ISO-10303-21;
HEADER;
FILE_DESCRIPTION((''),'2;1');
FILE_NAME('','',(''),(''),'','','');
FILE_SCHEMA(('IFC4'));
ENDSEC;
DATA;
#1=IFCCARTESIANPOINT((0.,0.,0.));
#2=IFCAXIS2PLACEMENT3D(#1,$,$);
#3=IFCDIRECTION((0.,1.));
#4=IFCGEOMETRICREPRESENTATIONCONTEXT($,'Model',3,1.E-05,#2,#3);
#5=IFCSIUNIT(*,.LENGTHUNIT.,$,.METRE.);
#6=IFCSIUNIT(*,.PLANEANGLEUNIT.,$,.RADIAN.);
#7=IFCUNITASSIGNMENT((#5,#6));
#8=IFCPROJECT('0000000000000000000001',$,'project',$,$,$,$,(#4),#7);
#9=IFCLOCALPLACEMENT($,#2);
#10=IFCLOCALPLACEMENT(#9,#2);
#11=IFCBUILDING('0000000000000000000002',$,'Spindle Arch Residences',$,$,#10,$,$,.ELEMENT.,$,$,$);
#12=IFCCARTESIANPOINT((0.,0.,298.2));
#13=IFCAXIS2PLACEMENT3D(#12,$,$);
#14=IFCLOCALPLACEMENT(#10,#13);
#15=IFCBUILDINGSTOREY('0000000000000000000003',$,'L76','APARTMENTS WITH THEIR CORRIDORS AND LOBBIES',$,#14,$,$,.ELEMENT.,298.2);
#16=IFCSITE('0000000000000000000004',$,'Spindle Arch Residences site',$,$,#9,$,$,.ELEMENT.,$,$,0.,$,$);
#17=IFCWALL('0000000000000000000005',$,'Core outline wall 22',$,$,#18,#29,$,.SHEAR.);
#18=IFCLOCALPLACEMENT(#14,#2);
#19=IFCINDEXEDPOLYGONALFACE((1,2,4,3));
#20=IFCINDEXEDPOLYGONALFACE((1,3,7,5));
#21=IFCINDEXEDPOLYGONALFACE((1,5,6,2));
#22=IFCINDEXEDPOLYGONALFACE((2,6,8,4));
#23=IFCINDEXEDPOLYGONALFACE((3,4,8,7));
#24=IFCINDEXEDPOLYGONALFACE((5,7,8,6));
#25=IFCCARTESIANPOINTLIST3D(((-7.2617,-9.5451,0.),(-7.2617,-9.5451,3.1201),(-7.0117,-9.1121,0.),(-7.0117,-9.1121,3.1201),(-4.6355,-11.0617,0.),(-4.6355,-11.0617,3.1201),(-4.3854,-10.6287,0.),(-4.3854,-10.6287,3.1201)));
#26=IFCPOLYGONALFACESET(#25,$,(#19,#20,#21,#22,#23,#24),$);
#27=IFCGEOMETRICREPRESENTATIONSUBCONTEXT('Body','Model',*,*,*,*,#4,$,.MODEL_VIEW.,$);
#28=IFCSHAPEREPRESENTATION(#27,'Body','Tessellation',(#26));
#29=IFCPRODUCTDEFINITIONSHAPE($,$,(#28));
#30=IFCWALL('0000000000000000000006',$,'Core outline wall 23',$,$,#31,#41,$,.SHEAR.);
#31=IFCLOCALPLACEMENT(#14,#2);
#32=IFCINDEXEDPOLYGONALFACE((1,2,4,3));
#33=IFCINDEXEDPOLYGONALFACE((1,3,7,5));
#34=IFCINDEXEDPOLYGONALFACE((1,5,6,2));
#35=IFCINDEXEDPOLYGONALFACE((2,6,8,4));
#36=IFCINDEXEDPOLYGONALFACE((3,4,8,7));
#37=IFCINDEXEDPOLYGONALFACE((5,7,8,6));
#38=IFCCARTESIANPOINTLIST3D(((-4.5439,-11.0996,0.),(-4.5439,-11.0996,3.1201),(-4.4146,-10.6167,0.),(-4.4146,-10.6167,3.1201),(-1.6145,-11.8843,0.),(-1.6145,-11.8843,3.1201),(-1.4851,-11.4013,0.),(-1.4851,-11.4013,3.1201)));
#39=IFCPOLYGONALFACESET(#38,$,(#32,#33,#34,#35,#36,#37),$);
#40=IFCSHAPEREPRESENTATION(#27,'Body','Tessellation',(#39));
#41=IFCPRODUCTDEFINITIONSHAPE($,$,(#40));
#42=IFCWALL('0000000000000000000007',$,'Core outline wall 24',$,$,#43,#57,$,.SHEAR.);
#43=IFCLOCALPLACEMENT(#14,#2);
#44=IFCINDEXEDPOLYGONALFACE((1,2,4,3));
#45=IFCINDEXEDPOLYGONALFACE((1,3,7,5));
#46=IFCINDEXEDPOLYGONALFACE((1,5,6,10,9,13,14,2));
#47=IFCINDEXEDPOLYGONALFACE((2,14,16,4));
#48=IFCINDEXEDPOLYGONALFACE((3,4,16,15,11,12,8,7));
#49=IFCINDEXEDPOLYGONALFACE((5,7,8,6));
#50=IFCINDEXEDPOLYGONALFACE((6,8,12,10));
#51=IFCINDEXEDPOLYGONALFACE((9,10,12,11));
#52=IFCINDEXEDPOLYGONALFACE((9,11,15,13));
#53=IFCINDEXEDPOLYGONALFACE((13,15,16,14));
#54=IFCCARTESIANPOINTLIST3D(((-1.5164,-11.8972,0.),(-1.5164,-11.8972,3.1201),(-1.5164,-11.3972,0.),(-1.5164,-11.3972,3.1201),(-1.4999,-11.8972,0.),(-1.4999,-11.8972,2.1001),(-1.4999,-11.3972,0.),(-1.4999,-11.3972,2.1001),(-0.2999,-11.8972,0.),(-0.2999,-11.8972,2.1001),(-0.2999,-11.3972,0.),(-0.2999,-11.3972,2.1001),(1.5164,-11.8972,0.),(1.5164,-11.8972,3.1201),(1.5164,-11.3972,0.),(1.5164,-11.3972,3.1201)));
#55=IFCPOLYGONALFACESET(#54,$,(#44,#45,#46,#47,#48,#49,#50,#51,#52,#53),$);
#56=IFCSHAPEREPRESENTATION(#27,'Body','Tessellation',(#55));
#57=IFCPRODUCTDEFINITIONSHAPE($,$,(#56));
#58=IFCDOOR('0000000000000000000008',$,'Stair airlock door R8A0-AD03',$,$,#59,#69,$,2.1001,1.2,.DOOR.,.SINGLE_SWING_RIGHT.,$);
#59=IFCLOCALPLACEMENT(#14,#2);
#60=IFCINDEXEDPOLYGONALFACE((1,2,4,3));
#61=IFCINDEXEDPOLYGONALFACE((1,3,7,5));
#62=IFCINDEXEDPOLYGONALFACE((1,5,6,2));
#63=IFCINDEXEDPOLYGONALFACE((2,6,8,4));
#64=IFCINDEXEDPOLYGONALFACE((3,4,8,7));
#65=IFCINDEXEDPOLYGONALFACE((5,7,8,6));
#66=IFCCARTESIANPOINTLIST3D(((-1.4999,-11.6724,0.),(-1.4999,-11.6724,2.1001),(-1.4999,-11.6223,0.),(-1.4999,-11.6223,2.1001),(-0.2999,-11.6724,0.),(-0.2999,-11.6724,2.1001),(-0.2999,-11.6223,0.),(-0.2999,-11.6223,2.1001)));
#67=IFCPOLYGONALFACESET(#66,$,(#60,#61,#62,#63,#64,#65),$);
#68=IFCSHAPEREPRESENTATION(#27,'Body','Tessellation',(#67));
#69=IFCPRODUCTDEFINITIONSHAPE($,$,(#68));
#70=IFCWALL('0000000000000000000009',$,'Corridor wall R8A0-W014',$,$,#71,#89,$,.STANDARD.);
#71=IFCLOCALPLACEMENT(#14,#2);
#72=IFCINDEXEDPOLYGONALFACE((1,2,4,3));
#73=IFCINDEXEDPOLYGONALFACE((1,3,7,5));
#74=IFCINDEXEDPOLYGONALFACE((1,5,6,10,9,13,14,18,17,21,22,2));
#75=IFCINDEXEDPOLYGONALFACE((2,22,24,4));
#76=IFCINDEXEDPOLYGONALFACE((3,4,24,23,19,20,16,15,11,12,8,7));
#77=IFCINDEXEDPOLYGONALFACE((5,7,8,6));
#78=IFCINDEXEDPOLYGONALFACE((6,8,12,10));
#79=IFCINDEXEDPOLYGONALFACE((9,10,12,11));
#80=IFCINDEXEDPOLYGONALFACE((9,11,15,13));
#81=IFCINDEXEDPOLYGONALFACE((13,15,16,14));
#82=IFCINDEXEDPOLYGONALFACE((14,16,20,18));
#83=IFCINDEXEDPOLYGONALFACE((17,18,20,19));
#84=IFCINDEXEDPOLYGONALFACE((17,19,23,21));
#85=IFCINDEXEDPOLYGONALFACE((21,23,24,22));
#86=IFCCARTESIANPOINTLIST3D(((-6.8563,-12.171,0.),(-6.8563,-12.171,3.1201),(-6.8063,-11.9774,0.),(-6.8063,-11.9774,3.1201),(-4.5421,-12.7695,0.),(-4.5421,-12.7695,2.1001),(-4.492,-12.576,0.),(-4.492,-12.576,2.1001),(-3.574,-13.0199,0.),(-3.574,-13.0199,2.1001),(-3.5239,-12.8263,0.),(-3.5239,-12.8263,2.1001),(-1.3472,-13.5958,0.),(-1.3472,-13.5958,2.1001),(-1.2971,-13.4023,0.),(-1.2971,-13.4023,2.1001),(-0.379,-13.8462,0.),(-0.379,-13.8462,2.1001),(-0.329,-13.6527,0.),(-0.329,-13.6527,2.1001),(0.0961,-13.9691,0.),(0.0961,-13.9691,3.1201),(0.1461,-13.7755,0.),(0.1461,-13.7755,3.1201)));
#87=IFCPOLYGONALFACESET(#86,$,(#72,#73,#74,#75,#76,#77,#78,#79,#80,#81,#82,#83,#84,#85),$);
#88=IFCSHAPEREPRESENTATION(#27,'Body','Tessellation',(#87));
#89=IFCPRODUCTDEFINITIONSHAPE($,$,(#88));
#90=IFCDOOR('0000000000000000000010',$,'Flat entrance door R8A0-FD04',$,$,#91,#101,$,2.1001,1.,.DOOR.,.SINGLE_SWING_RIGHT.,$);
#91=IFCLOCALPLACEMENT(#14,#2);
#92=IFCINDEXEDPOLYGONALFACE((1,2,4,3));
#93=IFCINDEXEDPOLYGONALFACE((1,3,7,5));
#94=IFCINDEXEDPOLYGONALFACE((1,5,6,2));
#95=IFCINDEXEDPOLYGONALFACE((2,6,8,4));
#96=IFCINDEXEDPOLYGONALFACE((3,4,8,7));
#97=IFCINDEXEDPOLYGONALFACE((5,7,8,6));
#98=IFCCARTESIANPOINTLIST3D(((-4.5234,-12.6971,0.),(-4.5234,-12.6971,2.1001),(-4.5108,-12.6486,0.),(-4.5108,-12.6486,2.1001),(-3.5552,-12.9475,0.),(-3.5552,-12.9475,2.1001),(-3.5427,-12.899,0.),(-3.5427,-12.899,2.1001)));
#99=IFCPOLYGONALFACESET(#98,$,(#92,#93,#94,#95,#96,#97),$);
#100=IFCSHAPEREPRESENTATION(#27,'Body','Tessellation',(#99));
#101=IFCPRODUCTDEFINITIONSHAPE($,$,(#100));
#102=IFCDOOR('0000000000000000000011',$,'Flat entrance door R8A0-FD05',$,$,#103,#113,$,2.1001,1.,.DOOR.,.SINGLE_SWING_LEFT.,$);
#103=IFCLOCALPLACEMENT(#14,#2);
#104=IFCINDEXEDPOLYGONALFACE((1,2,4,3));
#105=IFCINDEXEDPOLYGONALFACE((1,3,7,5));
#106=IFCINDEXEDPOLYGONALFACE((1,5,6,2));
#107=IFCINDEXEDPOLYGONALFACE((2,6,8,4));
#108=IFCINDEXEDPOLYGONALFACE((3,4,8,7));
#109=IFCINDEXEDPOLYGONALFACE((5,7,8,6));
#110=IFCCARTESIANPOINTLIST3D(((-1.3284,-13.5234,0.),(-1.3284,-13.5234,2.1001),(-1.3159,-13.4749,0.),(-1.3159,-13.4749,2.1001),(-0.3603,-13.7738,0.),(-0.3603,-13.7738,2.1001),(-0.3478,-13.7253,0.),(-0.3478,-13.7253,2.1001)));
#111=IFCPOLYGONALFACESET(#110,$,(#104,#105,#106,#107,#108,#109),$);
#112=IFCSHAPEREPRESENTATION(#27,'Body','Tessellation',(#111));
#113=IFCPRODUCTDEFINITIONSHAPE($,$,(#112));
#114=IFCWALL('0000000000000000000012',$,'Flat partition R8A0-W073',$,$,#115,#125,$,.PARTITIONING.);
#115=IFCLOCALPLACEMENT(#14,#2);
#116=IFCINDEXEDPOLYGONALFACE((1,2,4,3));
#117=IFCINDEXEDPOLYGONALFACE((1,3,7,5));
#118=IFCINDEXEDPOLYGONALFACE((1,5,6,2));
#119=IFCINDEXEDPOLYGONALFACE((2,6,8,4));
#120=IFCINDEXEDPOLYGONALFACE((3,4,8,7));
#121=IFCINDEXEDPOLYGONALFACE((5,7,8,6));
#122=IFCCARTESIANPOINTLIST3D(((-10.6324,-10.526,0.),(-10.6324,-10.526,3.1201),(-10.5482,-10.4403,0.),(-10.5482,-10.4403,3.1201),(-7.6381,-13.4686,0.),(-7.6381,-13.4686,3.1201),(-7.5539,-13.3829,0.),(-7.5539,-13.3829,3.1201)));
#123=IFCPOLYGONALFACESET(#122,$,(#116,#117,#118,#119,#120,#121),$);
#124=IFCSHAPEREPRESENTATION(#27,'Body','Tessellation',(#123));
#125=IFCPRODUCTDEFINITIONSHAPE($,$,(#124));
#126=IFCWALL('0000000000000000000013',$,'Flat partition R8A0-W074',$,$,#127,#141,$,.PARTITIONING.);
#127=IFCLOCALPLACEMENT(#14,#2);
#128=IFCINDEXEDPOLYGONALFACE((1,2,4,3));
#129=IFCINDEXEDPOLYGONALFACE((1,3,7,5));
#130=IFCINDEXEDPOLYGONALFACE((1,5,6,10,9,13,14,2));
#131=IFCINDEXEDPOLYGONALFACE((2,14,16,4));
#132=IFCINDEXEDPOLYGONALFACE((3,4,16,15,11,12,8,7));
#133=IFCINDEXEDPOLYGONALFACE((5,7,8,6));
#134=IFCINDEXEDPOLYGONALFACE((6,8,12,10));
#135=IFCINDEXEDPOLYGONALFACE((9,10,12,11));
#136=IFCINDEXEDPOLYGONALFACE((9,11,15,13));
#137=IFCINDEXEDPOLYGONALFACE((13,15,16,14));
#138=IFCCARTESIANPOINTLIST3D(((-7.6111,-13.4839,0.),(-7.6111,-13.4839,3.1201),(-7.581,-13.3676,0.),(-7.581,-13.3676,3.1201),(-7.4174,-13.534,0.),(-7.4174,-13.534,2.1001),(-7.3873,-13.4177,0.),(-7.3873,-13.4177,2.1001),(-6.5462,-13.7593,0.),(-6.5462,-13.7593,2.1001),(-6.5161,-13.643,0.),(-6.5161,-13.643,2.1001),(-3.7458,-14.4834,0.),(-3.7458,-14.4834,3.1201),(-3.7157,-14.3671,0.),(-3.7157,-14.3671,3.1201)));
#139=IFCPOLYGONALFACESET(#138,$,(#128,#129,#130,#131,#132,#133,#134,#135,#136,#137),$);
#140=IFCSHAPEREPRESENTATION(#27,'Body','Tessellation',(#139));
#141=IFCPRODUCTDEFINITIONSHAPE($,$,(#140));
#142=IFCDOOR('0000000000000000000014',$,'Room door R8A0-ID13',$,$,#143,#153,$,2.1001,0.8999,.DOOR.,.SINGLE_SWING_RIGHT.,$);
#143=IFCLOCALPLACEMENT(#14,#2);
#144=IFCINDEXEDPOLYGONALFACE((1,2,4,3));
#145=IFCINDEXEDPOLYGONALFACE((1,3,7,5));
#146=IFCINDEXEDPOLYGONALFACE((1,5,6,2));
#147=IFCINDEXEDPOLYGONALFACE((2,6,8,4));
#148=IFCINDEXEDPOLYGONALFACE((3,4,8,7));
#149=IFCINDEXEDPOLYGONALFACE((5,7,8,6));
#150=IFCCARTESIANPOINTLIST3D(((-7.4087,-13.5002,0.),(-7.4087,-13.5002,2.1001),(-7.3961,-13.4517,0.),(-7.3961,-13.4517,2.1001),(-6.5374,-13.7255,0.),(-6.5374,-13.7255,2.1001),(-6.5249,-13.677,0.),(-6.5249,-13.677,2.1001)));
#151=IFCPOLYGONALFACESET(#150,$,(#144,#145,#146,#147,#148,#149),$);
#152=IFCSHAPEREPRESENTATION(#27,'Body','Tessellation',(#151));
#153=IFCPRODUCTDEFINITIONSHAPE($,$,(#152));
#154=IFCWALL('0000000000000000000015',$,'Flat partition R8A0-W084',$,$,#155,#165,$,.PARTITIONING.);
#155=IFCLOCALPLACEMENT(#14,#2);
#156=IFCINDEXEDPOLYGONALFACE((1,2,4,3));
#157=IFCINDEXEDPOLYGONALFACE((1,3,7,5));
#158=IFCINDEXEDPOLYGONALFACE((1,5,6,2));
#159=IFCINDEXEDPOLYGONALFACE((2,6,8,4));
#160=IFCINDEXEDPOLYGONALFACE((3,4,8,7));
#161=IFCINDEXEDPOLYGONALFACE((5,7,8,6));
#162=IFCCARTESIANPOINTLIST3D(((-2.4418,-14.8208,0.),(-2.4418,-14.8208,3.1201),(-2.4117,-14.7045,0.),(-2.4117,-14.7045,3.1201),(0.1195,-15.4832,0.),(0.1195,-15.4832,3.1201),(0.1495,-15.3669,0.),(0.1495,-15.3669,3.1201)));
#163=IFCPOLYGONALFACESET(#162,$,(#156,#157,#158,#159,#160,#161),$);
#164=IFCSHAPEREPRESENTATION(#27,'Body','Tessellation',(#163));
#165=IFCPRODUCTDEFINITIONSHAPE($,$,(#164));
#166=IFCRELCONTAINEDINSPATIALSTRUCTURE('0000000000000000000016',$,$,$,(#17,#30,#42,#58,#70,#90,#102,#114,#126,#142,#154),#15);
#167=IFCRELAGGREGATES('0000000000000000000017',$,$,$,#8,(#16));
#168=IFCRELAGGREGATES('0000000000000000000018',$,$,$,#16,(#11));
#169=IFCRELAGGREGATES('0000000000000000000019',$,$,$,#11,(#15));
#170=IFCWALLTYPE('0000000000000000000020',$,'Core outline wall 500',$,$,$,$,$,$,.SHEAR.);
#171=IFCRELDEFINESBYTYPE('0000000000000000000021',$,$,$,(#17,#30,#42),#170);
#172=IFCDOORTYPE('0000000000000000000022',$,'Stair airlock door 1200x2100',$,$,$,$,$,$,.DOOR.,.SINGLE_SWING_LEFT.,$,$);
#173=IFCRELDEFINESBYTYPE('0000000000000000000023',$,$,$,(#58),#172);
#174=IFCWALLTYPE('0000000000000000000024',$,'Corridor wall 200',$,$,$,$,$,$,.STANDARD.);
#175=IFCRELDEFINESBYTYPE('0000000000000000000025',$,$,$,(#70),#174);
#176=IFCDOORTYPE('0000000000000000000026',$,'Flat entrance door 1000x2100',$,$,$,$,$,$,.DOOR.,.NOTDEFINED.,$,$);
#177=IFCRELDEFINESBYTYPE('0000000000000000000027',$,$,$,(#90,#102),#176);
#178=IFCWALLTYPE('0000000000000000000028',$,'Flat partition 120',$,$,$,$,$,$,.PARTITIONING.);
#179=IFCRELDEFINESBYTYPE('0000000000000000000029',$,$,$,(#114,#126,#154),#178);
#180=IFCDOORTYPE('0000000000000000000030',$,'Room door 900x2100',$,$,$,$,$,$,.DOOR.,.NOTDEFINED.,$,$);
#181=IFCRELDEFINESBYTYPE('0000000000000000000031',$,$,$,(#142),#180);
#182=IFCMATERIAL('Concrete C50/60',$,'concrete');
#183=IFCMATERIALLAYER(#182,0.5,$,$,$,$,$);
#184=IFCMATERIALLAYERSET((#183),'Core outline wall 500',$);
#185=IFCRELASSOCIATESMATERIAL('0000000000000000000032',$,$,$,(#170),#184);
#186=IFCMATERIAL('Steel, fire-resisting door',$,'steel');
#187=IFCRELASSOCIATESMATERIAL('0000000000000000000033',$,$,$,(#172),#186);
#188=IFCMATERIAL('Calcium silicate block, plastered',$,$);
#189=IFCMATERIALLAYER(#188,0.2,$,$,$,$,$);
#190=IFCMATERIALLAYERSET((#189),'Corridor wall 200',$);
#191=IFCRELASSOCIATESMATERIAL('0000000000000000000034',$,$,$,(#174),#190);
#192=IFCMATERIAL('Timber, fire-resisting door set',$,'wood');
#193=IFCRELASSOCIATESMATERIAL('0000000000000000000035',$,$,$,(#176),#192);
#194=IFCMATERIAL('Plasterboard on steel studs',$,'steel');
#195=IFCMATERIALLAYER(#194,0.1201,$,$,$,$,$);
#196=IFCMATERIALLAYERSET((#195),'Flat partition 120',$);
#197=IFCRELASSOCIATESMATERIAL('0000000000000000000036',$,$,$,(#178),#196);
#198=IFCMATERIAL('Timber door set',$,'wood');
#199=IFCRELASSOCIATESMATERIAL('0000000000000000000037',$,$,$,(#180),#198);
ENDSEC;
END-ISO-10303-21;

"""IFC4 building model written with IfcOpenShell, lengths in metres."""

from ifc_helpers import new_model, si_unit, direction, frame, frame_2d, origin, place, context, subcontext, project, spatial, rectangle, extrude, material, layer, layer_set, type_object, element, fill, save


model = new_model("IFC4")

# Units and contexts
model_context = context("Model", 3, precision=1e-05, world=origin(), true_north=direction((0.0, 1.0)))
body_context = subcontext(model_context, "Body", "Model", "MODEL_VIEW")
ifc_project = project(units=[si_unit("LENGTHUNIT", "METRE"), si_unit("PLANEANGLEUNIT", "RADIAN")], contexts=[model_context])

# Site, building, storey
site_placement = place(None, origin())
site = spatial("IfcSite", under=ifc_project, at=site_placement, Name="Spindle Arch Residences site", CompositionType="ELEMENT", RefElevation=0.0)
building_placement = place(site_placement, origin())
building = spatial("IfcBuilding", under=site, at=building_placement, Name="Spindle Arch Residences", CompositionType="ELEMENT")
storey_placement = place(building_placement, frame((0.0, 0.0, 298.2)))
storey = spatial("IfcBuildingStorey", under=building, at=storey_placement, Name="L76", Description="APARTMENTS WITH THEIR CORRIDORS AND LOBBIES", CompositionType="ELEMENT", Elevation=298.2)

# Walls
ifc_material_1 = material(Name="Concrete C50/60", Category="concrete")
ifc_layer_1 = layer(ifc_material_1, 0.5)
ifc_layer_set_1 = layer_set([ifc_layer_1], Name="Core outline wall 500")
wall_type_1 = type_object("IfcWallType", Name="Core outline wall 500", PredefinedType="SHEAR", material=ifc_layer_set_1)
for number, where, z_axis, x_axis, name in (
    (1, (-7.1367, -9.3286, 0.0), (0.0, 0.0, 1.0), (0.865975, -0.500087, 0.0), "Core outline wall 22"),
    (2, (-4.4792, -10.8582, 0.0), (0.0, 0.0, 1.0), (0.965948, -0.258735, 0.0), "Core outline wall 23"),
):
    element("IfcWall", number, at=place(storey_placement, frame(where, z_axis=z_axis, x_axis=x_axis)), inside=storey, type_object=wall_type_1, Name=name, PredefinedType="SHEAR", context=body_context, shape_type="SweptSolid", body=[
        extrude(rectangle(XDim=3.0327, YDim=0.5, at=frame_2d((1.5164, 0.0))), origin(), (0.0, 0.0, 1.0), 3.1201),
    ])

# Wall, opening, door
wall_1_placement = place(storey_placement, frame((-1.5164, -11.6472, 0.0), z_axis=(0.0, 0.0, 1.0), x_axis=(1.0, 0.0, 0.0)))
wall_1 = element("IfcWall", 3, at=wall_1_placement, inside=storey, type_object=wall_type_1, Name="Core outline wall 24", PredefinedType="SHEAR", context=body_context, shape_type="SweptSolid", body=[
    extrude(rectangle(XDim=3.0327, YDim=0.5, at=frame_2d((1.5164, 0.0))), origin(), (0.0, 0.0, 1.0), 3.1201),
])
opening_1_placement = place(wall_1_placement, frame((0.0164, 0.0, 0.0)))
opening_1 = element("IfcOpeningElement", 4, at=opening_1_placement, cuts=wall_1, PredefinedType="OPENING", context=body_context, shape_type="SweptSolid", body=[
    extrude(rectangle(XDim=1.2, YDim=2.1001, at=frame_2d((0.6001, 1.05))), frame((0.0, 0.26, 0.0), z_axis=(0.0, -1.0, 0.0), x_axis=(1.0, 0.0, 0.0)), (0.0, 0.0, 1.0), 0.52),
])
ifc_material_2 = material(Name="Steel, fire-resisting door", Category="steel")
door_type_1 = type_object("IfcDoorType", Name="Stair airlock door 1200x2100", OperationType="SINGLE_SWING_LEFT", PredefinedType="DOOR", material=ifc_material_2)
door_1_placement = place(opening_1_placement, origin())
door_1 = element("IfcDoor", 5, at=door_1_placement, inside=storey, type_object=door_type_1, Name="Stair airlock door R8A0-AD03", OperationType="SINGLE_SWING_RIGHT", OverallHeight=2.1001, OverallWidth=1.2, PredefinedType="DOOR", context=body_context, shape_type="SweptSolid", body=[
    extrude(rectangle(XDim=1.2, YDim=2.1001, at=frame_2d((0.6001, 1.05))), frame((0.0, 0.0249, 0.0), z_axis=(0.0, -1.0, 0.0), x_axis=(1.0, 0.0, 0.0)), (0.0, 0.0, 1.0), 0.05),
])
fill(opening_1, door_1)

# Wall, openings, doors
ifc_material_3 = material(Name="Calcium silicate block, plastered")
ifc_layer_2 = layer(ifc_material_3, 0.2)
ifc_layer_set_2 = layer_set([ifc_layer_2], Name="Corridor wall 200")
wall_type_2 = type_object("IfcWallType", Name="Corridor wall 200", PredefinedType="STANDARD", material=ifc_layer_set_2)
wall_2_placement = place(storey_placement, frame((-6.8313, -12.0742, 0.0), z_axis=(0.0, 0.0, 1.0), x_axis=(0.968145, -0.250391, 0.0)))
wall_2 = element("IfcWall", 6, at=wall_2_placement, inside=storey, type_object=wall_type_2, Name="Corridor wall R8A0-W014", PredefinedType="STANDARD", context=body_context, shape_type="SweptSolid", body=[
    extrude(rectangle(XDim=7.1812, YDim=0.2, at=frame_2d((3.5906, 0.0))), origin(), (0.0, 0.0, 1.0), 3.1201),
])
opening_2_placement = place(wall_2_placement, frame((2.3904, 0.0, 0.0)))
opening_2 = element("IfcOpeningElement", 7, at=opening_2_placement, cuts=wall_2, PredefinedType="OPENING", context=body_context, shape_type="SweptSolid", body=[
    extrude(rectangle(XDim=1.0, YDim=2.1001, at=frame_2d((0.5, 1.05))), frame((0.0, 0.1099, 0.0), z_axis=(0.0, -1.0, 0.0), x_axis=(1.0, 0.0, 0.0)), (0.0, 0.0, 1.0), 0.22),
])
opening_3_placement = place(wall_2_placement, frame((5.6904, 0.0, 0.0)))
opening_3 = element("IfcOpeningElement", 8, at=opening_3_placement, cuts=wall_2, PredefinedType="OPENING", context=body_context, shape_type="SweptSolid", body=[
    extrude(rectangle(XDim=1.0, YDim=2.1001, at=frame_2d((0.5, 1.05))), frame((0.0, 0.1099, 0.0), z_axis=(0.0, -1.0, 0.0), x_axis=(1.0, 0.0, 0.0)), (0.0, 0.0, 1.0), 0.22),
])
ifc_material_4 = material(Name="Timber, fire-resisting door set", Category="wood")
door_type_2 = type_object("IfcDoorType", Name="Flat entrance door 1000x2100", OperationType="NOTDEFINED", PredefinedType="DOOR", material=ifc_material_4)
door_2_placement = place(opening_2_placement, origin())
door_2 = element("IfcDoor", 9, at=door_2_placement, inside=storey, type_object=door_type_2, Name="Flat entrance door R8A0-FD04", OperationType="SINGLE_SWING_RIGHT", OverallHeight=2.1001, OverallWidth=1.0, PredefinedType="DOOR", context=body_context, shape_type="SweptSolid", body=[
    extrude(rectangle(XDim=1.0, YDim=2.1001, at=frame_2d((0.5, 1.05))), frame((0.0, 0.0249, 0.0), z_axis=(0.0, -1.0, 0.0), x_axis=(1.0, 0.0, 0.0)), (0.0, 0.0, 1.0), 0.05),
])
fill(opening_2, door_2)
door_3_placement = place(opening_3_placement, origin())
door_3 = element("IfcDoor", 10, at=door_3_placement, inside=storey, type_object=door_type_2, Name="Flat entrance door R8A0-FD05", OperationType="SINGLE_SWING_LEFT", OverallHeight=2.1001, OverallWidth=1.0, PredefinedType="DOOR", context=body_context, shape_type="SweptSolid", body=[
    extrude(rectangle(XDim=1.0, YDim=2.1001, at=frame_2d((0.5, 1.05))), frame((0.0, 0.0249, 0.0), z_axis=(0.0, -1.0, 0.0), x_axis=(1.0, 0.0, 0.0)), (0.0, 0.0, 1.0), 0.05),
])
fill(opening_3, door_3)

# Wall
ifc_material_5 = material(Name="Plasterboard on steel studs", Category="steel")
ifc_layer_3 = layer(ifc_material_5, 0.1201)
ifc_layer_set_3 = layer_set([ifc_layer_3], Name="Flat partition 120")
wall_type_3 = type_object("IfcWallType", Name="Flat partition 120", PredefinedType="PARTITIONING", material=ifc_layer_set_3)
wall_3_placement = place(storey_placement, frame((-10.5903, -10.4832, 0.0), z_axis=(0.0, 0.0, 1.0), x_axis=(0.713244, -0.700916, 0.0)))
element("IfcWall", 11, at=wall_3_placement, inside=storey, type_object=wall_type_3, Name="Flat partition R8A0-W073", PredefinedType="PARTITIONING", context=body_context, shape_type="SweptSolid", body=[
    extrude(rectangle(XDim=4.1982, YDim=0.1201, at=frame_2d((2.0991, 0.0))), origin(), (0.0, 0.0, 1.0), 3.1201),
])

# Wall, opening, door
wall_4_placement = place(storey_placement, frame((-7.5959, -13.4258, 0.0), z_axis=(0.0, 0.0, 1.0), x_axis=(0.968154, -0.250355, 0.0)))
wall_4 = element("IfcWall", 12, at=wall_4_placement, inside=storey, type_object=wall_type_3, Name="Flat partition R8A0-W074", PredefinedType="PARTITIONING", context=body_context, shape_type="SweptSolid", body=[
    extrude(rectangle(XDim=3.9924, YDim=0.1201, at=frame_2d((1.9961, 0.0))), origin(), (0.0, 0.0, 1.0), 3.1201),
])
opening_4_placement = place(wall_4_placement, frame((0.2, 0.0, 0.0)))
opening_4 = element("IfcOpeningElement", 13, at=opening_4_placement, cuts=wall_4, PredefinedType="OPENING", context=body_context, shape_type="SweptSolid", body=[
    extrude(rectangle(XDim=0.8999, YDim=2.1001, at=frame_2d((0.45, 1.05))), frame((0.0, 0.0701, 0.0), z_axis=(0.0, -1.0, 0.0), x_axis=(1.0, 0.0, 0.0)), (0.0, 0.0, 1.0), 0.1401),
])
ifc_material_6 = material(Name="Timber door set", Category="wood")
door_type_3 = type_object("IfcDoorType", Name="Room door 900x2100", OperationType="NOTDEFINED", PredefinedType="DOOR", material=ifc_material_6)
door_4_placement = place(opening_4_placement, origin())
door_4 = element("IfcDoor", 14, at=door_4_placement, inside=storey, type_object=door_type_3, Name="Room door R8A0-ID13", OperationType="SINGLE_SWING_RIGHT", OverallHeight=2.1001, OverallWidth=0.8999, PredefinedType="DOOR", context=body_context, shape_type="SweptSolid", body=[
    extrude(rectangle(XDim=0.8999, YDim=2.1001, at=frame_2d((0.45, 1.05))), frame((0.0, 0.0249, 0.0), z_axis=(0.0, -1.0, 0.0), x_axis=(1.0, 0.0, 0.0)), (0.0, 0.0, 1.0), 0.05),
])
fill(opening_4, door_4)

# Wall
wall_5_placement = place(storey_placement, frame((-2.4268, -14.7627, 0.0), z_axis=(0.0, 0.0, 1.0), x_axis=(0.968151, -0.250366, 0.0)))
element("IfcWall", 15, at=wall_5_placement, inside=storey, type_object=wall_type_3, Name="Flat partition R8A0-W084", PredefinedType="PARTITIONING", context=body_context, shape_type="SweptSolid", body=[
    extrude(rectangle(XDim=2.6455, YDim=0.1201, at=frame_2d((1.3228, 0.0))), origin(), (0.0, 0.0, 1.0), 3.1201),
])

save(model, "model.ifc")
